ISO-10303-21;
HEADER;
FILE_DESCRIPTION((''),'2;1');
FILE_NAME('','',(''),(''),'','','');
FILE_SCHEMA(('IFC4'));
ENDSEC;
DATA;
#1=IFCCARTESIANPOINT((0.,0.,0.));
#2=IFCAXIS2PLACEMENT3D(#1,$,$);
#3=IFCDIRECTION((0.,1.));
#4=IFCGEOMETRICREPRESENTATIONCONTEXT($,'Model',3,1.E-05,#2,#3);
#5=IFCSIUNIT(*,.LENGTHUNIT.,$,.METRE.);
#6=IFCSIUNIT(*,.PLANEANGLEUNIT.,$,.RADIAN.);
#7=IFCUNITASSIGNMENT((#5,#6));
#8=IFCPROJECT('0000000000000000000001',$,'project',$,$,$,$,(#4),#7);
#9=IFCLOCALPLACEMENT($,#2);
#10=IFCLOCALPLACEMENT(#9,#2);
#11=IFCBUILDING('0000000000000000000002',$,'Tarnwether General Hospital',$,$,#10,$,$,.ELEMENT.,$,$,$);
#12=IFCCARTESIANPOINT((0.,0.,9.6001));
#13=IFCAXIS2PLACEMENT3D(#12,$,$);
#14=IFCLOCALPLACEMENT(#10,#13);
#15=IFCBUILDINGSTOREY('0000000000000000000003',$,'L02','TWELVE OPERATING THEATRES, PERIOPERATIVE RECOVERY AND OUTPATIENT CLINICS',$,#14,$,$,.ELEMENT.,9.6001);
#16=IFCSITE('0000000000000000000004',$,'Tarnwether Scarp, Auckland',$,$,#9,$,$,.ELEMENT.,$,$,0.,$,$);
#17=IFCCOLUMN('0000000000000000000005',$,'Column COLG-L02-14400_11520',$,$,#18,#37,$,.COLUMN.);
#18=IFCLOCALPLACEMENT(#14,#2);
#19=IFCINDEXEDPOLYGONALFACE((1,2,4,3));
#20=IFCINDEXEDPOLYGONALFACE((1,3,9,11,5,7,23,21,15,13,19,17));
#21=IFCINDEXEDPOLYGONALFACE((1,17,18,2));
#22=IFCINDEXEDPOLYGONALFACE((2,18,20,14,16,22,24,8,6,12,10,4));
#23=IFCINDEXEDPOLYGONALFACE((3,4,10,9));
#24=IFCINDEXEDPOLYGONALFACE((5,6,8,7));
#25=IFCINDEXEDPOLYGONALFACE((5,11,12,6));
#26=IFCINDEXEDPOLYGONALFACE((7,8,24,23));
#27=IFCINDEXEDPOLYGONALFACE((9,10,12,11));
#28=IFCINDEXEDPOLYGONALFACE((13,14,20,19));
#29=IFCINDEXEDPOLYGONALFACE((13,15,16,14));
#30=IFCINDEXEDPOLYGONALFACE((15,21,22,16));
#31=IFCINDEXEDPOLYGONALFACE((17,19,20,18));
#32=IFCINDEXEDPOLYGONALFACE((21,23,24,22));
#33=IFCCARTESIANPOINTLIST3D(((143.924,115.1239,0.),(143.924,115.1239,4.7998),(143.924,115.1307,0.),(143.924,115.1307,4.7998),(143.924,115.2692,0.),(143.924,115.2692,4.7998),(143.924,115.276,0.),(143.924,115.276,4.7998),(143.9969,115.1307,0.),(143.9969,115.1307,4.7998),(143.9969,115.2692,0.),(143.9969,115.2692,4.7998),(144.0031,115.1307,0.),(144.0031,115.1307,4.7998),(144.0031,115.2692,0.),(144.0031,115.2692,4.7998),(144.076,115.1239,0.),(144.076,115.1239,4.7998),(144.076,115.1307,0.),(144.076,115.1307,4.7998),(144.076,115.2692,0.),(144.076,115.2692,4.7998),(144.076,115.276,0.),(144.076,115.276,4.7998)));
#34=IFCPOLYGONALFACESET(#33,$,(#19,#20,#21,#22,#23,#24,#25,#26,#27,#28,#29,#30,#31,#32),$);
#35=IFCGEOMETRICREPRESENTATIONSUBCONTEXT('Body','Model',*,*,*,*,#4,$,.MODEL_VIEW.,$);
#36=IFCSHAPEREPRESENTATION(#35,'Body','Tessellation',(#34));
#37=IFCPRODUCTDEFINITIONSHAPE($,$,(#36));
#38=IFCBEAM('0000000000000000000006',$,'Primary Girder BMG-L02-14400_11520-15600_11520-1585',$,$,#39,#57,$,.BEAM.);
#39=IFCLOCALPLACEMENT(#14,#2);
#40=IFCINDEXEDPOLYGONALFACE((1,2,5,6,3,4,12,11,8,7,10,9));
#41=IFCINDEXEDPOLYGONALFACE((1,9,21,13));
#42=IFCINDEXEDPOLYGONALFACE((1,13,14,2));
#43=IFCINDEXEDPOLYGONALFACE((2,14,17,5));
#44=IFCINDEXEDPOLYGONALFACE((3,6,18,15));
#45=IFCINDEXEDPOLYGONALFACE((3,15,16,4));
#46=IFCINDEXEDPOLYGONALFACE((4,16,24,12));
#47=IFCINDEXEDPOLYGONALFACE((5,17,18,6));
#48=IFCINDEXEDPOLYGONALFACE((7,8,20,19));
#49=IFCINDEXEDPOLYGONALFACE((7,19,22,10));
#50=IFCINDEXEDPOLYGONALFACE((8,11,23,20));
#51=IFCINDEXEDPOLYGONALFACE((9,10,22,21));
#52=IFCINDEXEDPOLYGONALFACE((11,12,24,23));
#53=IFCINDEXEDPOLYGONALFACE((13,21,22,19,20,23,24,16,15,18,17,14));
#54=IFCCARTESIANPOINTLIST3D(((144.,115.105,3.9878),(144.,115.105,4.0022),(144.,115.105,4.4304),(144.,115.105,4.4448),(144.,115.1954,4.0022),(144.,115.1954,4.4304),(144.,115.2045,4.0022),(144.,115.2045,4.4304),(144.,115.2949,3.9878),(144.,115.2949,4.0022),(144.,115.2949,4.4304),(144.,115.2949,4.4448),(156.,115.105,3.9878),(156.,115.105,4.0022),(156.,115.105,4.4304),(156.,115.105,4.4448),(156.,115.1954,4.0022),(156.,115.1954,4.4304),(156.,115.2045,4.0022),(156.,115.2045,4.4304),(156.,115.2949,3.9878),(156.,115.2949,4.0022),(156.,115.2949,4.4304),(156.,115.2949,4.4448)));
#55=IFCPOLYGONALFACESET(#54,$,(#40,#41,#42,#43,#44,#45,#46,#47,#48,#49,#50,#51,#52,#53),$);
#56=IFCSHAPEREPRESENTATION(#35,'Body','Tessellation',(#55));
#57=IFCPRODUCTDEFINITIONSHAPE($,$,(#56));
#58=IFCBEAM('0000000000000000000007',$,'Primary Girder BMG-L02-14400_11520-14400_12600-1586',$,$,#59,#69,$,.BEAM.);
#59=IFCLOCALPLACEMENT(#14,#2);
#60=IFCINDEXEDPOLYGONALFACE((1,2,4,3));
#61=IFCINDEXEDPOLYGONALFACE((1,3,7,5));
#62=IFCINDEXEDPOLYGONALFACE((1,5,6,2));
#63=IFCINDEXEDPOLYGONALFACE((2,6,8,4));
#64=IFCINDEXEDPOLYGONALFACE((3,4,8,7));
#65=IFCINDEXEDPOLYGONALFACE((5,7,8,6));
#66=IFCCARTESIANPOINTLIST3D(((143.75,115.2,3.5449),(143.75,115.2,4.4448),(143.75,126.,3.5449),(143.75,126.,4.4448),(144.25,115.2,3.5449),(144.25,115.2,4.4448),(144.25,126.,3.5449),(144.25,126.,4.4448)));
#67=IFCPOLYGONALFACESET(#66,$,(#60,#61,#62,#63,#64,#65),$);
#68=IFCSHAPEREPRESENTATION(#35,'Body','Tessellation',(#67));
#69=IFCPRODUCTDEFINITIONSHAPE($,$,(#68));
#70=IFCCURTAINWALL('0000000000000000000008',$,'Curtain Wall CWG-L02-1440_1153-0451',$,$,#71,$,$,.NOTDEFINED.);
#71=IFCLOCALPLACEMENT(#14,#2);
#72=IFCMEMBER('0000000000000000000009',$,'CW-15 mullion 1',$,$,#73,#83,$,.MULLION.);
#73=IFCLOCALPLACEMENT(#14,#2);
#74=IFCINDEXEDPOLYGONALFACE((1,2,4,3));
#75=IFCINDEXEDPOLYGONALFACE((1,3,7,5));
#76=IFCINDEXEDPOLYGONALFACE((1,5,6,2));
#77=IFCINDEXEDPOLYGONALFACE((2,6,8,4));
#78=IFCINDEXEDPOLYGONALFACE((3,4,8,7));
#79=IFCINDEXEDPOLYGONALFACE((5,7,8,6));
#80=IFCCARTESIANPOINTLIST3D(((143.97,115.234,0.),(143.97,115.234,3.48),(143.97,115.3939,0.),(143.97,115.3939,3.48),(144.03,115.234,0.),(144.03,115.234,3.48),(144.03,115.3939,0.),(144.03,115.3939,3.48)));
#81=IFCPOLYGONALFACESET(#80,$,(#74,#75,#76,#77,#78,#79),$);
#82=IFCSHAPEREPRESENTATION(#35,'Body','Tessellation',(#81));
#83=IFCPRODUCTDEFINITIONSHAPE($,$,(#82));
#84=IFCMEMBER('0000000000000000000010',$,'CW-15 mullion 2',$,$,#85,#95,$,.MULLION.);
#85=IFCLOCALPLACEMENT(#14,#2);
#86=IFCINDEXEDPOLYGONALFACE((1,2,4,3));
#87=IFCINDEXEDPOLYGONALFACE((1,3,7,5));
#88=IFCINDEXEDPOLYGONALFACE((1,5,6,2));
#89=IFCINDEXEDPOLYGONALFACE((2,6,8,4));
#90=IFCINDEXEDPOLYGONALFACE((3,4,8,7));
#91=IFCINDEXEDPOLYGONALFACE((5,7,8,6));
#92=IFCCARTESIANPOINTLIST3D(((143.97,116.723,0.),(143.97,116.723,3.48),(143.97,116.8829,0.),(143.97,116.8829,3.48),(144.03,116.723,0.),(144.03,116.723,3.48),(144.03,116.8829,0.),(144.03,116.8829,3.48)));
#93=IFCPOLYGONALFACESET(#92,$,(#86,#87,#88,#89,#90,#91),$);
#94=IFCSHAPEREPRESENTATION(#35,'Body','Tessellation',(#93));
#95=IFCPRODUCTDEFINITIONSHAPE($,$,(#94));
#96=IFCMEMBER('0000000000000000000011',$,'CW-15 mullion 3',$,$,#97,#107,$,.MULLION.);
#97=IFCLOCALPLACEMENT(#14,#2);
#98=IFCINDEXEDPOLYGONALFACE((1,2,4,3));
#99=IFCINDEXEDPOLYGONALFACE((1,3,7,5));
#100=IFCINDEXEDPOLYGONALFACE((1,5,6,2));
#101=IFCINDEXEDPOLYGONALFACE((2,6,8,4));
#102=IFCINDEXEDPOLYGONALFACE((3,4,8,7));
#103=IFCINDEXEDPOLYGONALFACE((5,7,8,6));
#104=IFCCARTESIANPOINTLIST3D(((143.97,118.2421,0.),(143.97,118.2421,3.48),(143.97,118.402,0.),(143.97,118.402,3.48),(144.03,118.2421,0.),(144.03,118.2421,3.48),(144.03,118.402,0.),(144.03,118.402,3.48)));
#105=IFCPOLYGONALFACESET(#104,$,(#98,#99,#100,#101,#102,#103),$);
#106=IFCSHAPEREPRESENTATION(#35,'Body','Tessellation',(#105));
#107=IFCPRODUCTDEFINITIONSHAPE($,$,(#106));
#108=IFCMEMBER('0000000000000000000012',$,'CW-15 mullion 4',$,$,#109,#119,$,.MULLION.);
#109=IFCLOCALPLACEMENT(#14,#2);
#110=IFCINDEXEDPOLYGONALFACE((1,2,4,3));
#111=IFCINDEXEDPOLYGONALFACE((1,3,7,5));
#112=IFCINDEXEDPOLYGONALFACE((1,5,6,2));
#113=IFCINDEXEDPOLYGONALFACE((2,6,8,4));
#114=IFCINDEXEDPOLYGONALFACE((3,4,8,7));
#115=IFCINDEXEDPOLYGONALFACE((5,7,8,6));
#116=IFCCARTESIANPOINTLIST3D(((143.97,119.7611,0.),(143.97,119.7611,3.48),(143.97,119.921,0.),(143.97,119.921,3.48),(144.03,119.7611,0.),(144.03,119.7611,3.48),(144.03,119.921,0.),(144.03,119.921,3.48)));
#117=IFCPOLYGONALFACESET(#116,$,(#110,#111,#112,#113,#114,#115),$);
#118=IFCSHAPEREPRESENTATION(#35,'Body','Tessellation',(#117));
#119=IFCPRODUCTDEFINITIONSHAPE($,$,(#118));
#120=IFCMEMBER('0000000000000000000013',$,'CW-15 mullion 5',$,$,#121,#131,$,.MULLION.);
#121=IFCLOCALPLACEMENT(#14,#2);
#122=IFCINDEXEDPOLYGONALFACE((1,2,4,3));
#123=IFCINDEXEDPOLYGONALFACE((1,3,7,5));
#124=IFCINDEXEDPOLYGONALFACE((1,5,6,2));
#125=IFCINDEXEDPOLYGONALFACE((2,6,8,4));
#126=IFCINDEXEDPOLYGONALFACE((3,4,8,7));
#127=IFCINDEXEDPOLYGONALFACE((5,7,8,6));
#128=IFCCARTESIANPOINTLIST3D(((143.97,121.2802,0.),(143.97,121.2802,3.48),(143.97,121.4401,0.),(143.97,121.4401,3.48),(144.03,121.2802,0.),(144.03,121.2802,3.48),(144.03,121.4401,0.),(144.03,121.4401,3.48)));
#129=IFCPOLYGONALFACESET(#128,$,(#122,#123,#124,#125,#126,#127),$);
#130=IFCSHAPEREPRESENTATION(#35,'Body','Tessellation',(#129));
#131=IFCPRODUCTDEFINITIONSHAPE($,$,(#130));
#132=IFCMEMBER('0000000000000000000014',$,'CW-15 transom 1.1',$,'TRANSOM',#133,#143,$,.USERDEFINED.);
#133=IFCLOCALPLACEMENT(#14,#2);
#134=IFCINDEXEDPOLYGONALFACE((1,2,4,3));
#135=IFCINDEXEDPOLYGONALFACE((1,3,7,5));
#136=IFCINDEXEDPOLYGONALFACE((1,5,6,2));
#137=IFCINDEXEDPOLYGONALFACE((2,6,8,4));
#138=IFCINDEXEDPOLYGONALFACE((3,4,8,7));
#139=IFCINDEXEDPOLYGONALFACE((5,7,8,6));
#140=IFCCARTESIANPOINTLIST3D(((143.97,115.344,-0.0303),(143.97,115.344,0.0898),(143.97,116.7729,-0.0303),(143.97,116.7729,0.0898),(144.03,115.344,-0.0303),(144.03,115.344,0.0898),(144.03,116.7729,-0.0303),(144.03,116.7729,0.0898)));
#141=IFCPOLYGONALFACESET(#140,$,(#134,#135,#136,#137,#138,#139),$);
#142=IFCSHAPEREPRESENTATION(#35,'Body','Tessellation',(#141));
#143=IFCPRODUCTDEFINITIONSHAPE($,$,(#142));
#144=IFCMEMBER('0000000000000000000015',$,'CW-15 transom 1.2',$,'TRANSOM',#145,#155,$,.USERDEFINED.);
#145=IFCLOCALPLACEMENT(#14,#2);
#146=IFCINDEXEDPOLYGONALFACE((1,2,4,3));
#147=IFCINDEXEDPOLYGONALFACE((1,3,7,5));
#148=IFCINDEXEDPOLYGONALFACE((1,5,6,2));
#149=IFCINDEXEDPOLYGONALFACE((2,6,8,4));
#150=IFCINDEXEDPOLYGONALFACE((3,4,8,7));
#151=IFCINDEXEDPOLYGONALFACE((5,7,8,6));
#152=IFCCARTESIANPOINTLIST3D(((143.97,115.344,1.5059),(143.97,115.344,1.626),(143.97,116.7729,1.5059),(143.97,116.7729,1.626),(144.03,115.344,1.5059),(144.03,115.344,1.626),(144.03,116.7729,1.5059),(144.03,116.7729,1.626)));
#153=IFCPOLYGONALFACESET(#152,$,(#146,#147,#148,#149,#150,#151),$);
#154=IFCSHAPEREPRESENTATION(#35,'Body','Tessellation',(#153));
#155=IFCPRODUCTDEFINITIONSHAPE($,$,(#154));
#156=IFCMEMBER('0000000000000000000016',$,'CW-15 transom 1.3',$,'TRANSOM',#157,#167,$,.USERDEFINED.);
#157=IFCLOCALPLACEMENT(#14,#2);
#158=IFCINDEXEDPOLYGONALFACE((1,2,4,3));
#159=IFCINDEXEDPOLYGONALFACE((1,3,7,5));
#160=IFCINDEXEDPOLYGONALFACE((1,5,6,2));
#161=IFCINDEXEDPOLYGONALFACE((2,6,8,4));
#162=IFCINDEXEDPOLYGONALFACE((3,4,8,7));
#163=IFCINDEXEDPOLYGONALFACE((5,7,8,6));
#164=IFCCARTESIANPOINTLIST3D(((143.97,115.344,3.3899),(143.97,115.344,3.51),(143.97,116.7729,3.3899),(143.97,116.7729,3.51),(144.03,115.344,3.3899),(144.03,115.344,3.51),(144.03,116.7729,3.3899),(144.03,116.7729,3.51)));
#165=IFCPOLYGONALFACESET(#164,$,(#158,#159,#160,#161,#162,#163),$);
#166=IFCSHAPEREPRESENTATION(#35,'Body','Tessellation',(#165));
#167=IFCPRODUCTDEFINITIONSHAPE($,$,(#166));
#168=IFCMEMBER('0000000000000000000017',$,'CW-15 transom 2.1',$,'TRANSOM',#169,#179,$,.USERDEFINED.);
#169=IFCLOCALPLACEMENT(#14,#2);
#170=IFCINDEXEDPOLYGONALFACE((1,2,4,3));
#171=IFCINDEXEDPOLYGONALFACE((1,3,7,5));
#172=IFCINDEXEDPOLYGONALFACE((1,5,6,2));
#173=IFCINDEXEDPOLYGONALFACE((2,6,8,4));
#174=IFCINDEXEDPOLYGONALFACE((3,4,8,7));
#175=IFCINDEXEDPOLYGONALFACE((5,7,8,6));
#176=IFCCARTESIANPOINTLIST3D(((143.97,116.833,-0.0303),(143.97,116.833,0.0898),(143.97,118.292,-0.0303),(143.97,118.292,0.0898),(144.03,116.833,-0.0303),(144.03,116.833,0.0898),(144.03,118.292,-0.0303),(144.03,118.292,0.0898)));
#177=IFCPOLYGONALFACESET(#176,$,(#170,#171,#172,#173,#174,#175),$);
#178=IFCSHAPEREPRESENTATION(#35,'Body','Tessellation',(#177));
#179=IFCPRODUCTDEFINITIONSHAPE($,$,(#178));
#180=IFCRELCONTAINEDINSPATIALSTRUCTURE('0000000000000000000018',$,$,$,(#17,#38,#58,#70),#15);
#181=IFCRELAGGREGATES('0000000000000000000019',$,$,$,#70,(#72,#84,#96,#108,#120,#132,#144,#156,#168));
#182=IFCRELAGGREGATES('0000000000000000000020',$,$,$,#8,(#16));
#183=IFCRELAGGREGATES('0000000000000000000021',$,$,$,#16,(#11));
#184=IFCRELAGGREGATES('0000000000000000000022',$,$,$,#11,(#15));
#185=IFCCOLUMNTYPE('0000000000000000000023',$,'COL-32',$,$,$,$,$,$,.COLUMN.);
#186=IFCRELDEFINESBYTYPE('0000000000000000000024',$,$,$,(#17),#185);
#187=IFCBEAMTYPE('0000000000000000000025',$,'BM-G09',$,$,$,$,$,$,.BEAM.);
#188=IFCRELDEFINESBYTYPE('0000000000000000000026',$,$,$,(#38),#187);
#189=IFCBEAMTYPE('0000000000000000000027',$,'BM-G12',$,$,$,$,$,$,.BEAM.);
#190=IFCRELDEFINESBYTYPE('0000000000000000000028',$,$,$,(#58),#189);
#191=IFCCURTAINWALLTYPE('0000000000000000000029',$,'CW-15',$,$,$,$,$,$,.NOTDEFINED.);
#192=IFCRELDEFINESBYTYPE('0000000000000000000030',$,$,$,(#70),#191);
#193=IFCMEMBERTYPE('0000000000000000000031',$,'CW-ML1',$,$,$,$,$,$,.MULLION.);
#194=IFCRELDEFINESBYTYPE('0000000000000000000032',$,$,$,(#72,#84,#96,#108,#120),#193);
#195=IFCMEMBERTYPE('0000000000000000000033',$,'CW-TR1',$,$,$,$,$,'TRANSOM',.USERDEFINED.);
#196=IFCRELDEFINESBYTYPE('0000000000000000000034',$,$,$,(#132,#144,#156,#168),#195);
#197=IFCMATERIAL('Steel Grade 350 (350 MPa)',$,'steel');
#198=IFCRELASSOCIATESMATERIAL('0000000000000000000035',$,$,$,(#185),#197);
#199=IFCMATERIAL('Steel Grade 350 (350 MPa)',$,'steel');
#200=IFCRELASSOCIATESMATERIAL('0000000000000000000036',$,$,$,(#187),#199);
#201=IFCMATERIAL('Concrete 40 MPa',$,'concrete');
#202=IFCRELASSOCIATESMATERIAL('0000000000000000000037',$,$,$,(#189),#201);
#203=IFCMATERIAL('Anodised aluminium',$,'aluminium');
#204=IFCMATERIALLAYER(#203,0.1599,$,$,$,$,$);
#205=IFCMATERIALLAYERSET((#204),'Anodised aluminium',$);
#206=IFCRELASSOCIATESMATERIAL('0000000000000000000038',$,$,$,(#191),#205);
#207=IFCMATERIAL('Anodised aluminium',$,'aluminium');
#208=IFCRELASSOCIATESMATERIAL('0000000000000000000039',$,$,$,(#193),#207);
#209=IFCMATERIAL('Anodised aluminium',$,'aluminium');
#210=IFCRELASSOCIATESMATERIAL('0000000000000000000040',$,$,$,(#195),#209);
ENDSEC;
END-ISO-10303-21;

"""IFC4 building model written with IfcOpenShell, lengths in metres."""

from ifc_helpers import new_model, si_unit, direction, frame, origin, origin_2d, place, context, subcontext, project, spatial, rectangle, i_section, extrude, material, layer, layer_set, material_profile, profile_set, type_object, element, aggregate, save


model = new_model("IFC4")

# Units and contexts
model_context = context("Model", 3, precision=1e-05, world=origin(), true_north=direction((0.0, 1.0)))
body_context = subcontext(model_context, "Body", "Model", "MODEL_VIEW")
ifc_project = project(units=[si_unit("LENGTHUNIT", "METRE"), si_unit("PLANEANGLEUNIT", "RADIAN")], contexts=[model_context])

# Site, building, storey
site_placement = place(None, origin())
site = spatial("IfcSite", under=ifc_project, at=site_placement, Name="Tarnwether Scarp, Auckland", CompositionType="ELEMENT", RefElevation=0.0)
building_placement = place(site_placement, origin())
building = spatial("IfcBuilding", under=site, at=building_placement, Name="Tarnwether General Hospital", CompositionType="ELEMENT")
storey_placement = place(building_placement, frame((0.0, 0.0, 9.6001)))
storey = spatial("IfcBuildingStorey", under=building, at=storey_placement, Name="L02", Description="TWELVE OPERATING THEATRES, PERIOPERATIVE RECOVERY AND OUTPATIENT CLINICS", CompositionType="ELEMENT", Elevation=9.6001)

# Column
ifc_material_1 = material(Name="Steel Grade 350 (350 MPa)", Category="steel")
ifc_material_profile_1 = material_profile(ifc_material_1, i_section(OverallWidth=0.1521, OverallDepth=0.1521, WebThickness=0.0061, FlangeThickness=0.0068, at=origin_2d()), Name="150UC23.4")
ifc_profile_set_1 = profile_set([ifc_material_profile_1], Name="Steel Grade 350 (350 MPa)")
column_type = type_object("IfcColumnType", Name="COL-32", PredefinedType="COLUMN", material=ifc_profile_set_1)
column_placement = place(storey_placement, frame((144.0, 115.2, 0.0), z_axis=(0.0, 0.0, 1.0), x_axis=(1.0, 0.0, 0.0)))
element("IfcColumn", 1, at=column_placement, inside=storey, type_object=column_type, Name="Column COLG-L02-14400_11520", PredefinedType="COLUMN", context=body_context, shape_type="SweptSolid", body=[
    extrude(i_section(OverallWidth=0.1521, OverallDepth=0.1521, WebThickness=0.0061, FlangeThickness=0.0068, at=origin_2d()), origin(), (0.0, 0.0, 1.0), 4.7998),
])

# Beams
ifc_material_2 = material(Name="Steel Grade 350 (350 MPa)", Category="steel")
ifc_material_profile_2 = material_profile(ifc_material_2, i_section(OverallWidth=0.1899, OverallDepth=0.457, WebThickness=0.009, FlangeThickness=0.0144, at=origin_2d()), Name="460UB74.6")
ifc_profile_set_2 = profile_set([ifc_material_profile_2], Name="Steel Grade 350 (350 MPa)")
beam_type_1 = type_object("IfcBeamType", Name="BM-G09", PredefinedType="BEAM", material=ifc_profile_set_2)
beam_1_placement = place(storey_placement, frame((144.0, 115.2, 4.2163), z_axis=(1.0, 0.0, 0.0), x_axis=(0.0, 1.0, 0.0)))
element("IfcBeam", 2, at=beam_1_placement, inside=storey, type_object=beam_type_1, Name="Primary Girder BMG-L02-14400_11520-15600_11520-1585", PredefinedType="BEAM", context=body_context, shape_type="SweptSolid", body=[
    extrude(i_section(OverallWidth=0.1899, OverallDepth=0.457, WebThickness=0.009, FlangeThickness=0.0144, at=origin_2d()), origin(), (0.0, 0.0, 1.0), 12.0),
])
ifc_material_3 = material(Name="Concrete 40 MPa", Category="concrete")
ifc_material_profile_3 = material_profile(ifc_material_3, rectangle(XDim=0.5, YDim=0.8999, at=origin_2d()), Name="RC-BM-500x900")
ifc_profile_set_3 = profile_set([ifc_material_profile_3], Name="Concrete 40 MPa")
beam_type_2 = type_object("IfcBeamType", Name="BM-G12", PredefinedType="BEAM", material=ifc_profile_set_3)
beam_2_placement = place(storey_placement, frame((144.0, 115.2, 3.9949), z_axis=(0.0, 1.0, 0.0), x_axis=(-1.0, 0.0, 0.0)))
element("IfcBeam", 3, at=beam_2_placement, inside=storey, type_object=beam_type_2, Name="Primary Girder BMG-L02-14400_11520-14400_12600-1586", PredefinedType="BEAM", context=body_context, shape_type="SweptSolid", body=[
    extrude(rectangle(XDim=0.5, YDim=0.8999, at=origin_2d()), origin(), (0.0, 0.0, 1.0), 10.8),
])

# Curtain wall, members
ifc_material_4 = material(Name="Anodised aluminium", Category="aluminium")
ifc_layer_1 = layer(ifc_material_4, 0.1599)
ifc_layer_set_1 = layer_set([ifc_layer_1], Name="Anodised aluminium")
curtain_wall_type = type_object("IfcCurtainWallType", Name="CW-15", PredefinedType="NOTDEFINED", material=ifc_layer_set_1)
curtain_wall_placement = place(storey_placement, origin())
curtain_wall = element("IfcCurtainWall", 4, at=curtain_wall_placement, inside=storey, type_object=curtain_wall_type, Name="Curtain Wall CWG-L02-1440_1153-0451", PredefinedType="NOTDEFINED")
ifc_material_5 = material(Name="Anodised aluminium", Category="aluminium")
ifc_material_profile_4 = material_profile(ifc_material_5, rectangle(XDim=0.0601, YDim=0.1599, at=origin_2d()), Name="ALU-MUL-60x160")
ifc_profile_set_4 = profile_set([ifc_material_profile_4], Name="Anodised aluminium")
member_type_1 = type_object("IfcMemberType", Name="CW-ML1", PredefinedType="MULLION", material=ifc_profile_set_4)
member_1_placement = place(storey_placement, frame((144.0, 115.314, 0.0), z_axis=(0.0, 0.0, 1.0), x_axis=(-1.0, 0.0, 0.0)))
member_1 = element("IfcMember", 5, at=member_1_placement, type_object=member_type_1, Name="CW-15 mullion 1", PredefinedType="MULLION", context=body_context, shape_type="SweptSolid", body=[
    extrude(rectangle(XDim=0.0601, YDim=0.1599, at=origin_2d()), origin(), (0.0, 0.0, 1.0), 3.48),
])
member_2_placement = place(storey_placement, frame((144.0, 116.803, 0.0), z_axis=(0.0, 0.0, 1.0), x_axis=(-1.0, 0.0, 0.0)))
member_2 = element("IfcMember", 6, at=member_2_placement, type_object=member_type_1, Name="CW-15 mullion 2", PredefinedType="MULLION", context=body_context, shape_type="SweptSolid", body=[
    extrude(rectangle(XDim=0.0601, YDim=0.1599, at=origin_2d()), origin(), (0.0, 0.0, 1.0), 3.48),
])
member_3_placement = place(storey_placement, frame((144.0, 118.322, 0.0), z_axis=(0.0, 0.0, 1.0), x_axis=(-1.0, 0.0, 0.0)))
member_3 = element("IfcMember", 7, at=member_3_placement, type_object=member_type_1, Name="CW-15 mullion 3", PredefinedType="MULLION", context=body_context, shape_type="SweptSolid", body=[
    extrude(rectangle(XDim=0.0601, YDim=0.1599, at=origin_2d()), origin(), (0.0, 0.0, 1.0), 3.48),
])
member_4_placement = place(storey_placement, frame((144.0, 119.8411, 0.0), z_axis=(0.0, 0.0, 1.0), x_axis=(-1.0, 0.0, 0.0)))
member_4 = element("IfcMember", 8, at=member_4_placement, type_object=member_type_1, Name="CW-15 mullion 4", PredefinedType="MULLION", context=body_context, shape_type="SweptSolid", body=[
    extrude(rectangle(XDim=0.0601, YDim=0.1599, at=origin_2d()), origin(), (0.0, 0.0, 1.0), 3.48),
])
member_5_placement = place(storey_placement, frame((144.0, 121.3601, 0.0), z_axis=(0.0, 0.0, 1.0), x_axis=(-1.0, 0.0, 0.0)))
member_5 = element("IfcMember", 9, at=member_5_placement, type_object=member_type_1, Name="CW-15 mullion 5", PredefinedType="MULLION", context=body_context, shape_type="SweptSolid", body=[
    extrude(rectangle(XDim=0.0601, YDim=0.1599, at=origin_2d()), origin(), (0.0, 0.0, 1.0), 3.48),
])
ifc_material_6 = material(Name="Anodised aluminium", Category="aluminium")
ifc_material_profile_5 = material_profile(ifc_material_6, rectangle(XDim=0.0601, YDim=0.1201, at=origin_2d()), Name="ALU-TRN-60x120")
ifc_profile_set_5 = profile_set([ifc_material_profile_5], Name="Anodised aluminium")
member_type_2 = type_object("IfcMemberType", Name="CW-TR1", ElementType="TRANSOM", PredefinedType="USERDEFINED", material=ifc_profile_set_5)
member_6_placement = place(storey_placement, frame((144.0, 115.344, 0.0298), z_axis=(0.0, 1.0, 0.0), x_axis=(-1.0, 0.0, 0.0)))
member_6 = element("IfcMember", 10, at=member_6_placement, type_object=member_type_2, Name="CW-15 transom 1.1", ObjectType="TRANSOM", PredefinedType="USERDEFINED", context=body_context, shape_type="SweptSolid", body=[
    extrude(rectangle(XDim=0.0601, YDim=0.1201, at=origin_2d()), origin(), (0.0, 0.0, 1.0), 1.429),
])
member_7_placement = place(storey_placement, frame((144.0, 115.344, 1.5659), z_axis=(0.0, 1.0, 0.0), x_axis=(-1.0, 0.0, 0.0)))
member_7 = element("IfcMember", 11, at=member_7_placement, type_object=member_type_2, Name="CW-15 transom 1.2", ObjectType="TRANSOM", PredefinedType="USERDEFINED", context=body_context, shape_type="SweptSolid", body=[
    extrude(rectangle(XDim=0.0601, YDim=0.1201, at=origin_2d()), origin(), (0.0, 0.0, 1.0), 1.429),
])
member_8_placement = place(storey_placement, frame((144.0, 115.344, 3.45), z_axis=(0.0, 1.0, 0.0), x_axis=(-1.0, 0.0, 0.0)))
member_8 = element("IfcMember", 12, at=member_8_placement, type_object=member_type_2, Name="CW-15 transom 1.3", ObjectType="TRANSOM", PredefinedType="USERDEFINED", context=body_context, shape_type="SweptSolid", body=[
    extrude(rectangle(XDim=0.0601, YDim=0.1201, at=origin_2d()), origin(), (0.0, 0.0, 1.0), 1.429),
])
member_9_placement = place(storey_placement, frame((144.0, 116.833, 0.0298), z_axis=(0.0, 1.0, 0.0), x_axis=(-1.0, 0.0, 0.0)))
member_9 = element("IfcMember", 13, at=member_9_placement, type_object=member_type_2, Name="CW-15 transom 2.1", ObjectType="TRANSOM", PredefinedType="USERDEFINED", context=body_context, shape_type="SweptSolid", body=[
    extrude(rectangle(XDim=0.0601, YDim=0.1201, at=origin_2d()), origin(), (0.0, 0.0, 1.0), 1.459),
])
aggregate(curtain_wall, [member_1, member_2, member_3, member_4, member_5, member_6, member_7, member_8, member_9])

save(model, "model.ifc")
